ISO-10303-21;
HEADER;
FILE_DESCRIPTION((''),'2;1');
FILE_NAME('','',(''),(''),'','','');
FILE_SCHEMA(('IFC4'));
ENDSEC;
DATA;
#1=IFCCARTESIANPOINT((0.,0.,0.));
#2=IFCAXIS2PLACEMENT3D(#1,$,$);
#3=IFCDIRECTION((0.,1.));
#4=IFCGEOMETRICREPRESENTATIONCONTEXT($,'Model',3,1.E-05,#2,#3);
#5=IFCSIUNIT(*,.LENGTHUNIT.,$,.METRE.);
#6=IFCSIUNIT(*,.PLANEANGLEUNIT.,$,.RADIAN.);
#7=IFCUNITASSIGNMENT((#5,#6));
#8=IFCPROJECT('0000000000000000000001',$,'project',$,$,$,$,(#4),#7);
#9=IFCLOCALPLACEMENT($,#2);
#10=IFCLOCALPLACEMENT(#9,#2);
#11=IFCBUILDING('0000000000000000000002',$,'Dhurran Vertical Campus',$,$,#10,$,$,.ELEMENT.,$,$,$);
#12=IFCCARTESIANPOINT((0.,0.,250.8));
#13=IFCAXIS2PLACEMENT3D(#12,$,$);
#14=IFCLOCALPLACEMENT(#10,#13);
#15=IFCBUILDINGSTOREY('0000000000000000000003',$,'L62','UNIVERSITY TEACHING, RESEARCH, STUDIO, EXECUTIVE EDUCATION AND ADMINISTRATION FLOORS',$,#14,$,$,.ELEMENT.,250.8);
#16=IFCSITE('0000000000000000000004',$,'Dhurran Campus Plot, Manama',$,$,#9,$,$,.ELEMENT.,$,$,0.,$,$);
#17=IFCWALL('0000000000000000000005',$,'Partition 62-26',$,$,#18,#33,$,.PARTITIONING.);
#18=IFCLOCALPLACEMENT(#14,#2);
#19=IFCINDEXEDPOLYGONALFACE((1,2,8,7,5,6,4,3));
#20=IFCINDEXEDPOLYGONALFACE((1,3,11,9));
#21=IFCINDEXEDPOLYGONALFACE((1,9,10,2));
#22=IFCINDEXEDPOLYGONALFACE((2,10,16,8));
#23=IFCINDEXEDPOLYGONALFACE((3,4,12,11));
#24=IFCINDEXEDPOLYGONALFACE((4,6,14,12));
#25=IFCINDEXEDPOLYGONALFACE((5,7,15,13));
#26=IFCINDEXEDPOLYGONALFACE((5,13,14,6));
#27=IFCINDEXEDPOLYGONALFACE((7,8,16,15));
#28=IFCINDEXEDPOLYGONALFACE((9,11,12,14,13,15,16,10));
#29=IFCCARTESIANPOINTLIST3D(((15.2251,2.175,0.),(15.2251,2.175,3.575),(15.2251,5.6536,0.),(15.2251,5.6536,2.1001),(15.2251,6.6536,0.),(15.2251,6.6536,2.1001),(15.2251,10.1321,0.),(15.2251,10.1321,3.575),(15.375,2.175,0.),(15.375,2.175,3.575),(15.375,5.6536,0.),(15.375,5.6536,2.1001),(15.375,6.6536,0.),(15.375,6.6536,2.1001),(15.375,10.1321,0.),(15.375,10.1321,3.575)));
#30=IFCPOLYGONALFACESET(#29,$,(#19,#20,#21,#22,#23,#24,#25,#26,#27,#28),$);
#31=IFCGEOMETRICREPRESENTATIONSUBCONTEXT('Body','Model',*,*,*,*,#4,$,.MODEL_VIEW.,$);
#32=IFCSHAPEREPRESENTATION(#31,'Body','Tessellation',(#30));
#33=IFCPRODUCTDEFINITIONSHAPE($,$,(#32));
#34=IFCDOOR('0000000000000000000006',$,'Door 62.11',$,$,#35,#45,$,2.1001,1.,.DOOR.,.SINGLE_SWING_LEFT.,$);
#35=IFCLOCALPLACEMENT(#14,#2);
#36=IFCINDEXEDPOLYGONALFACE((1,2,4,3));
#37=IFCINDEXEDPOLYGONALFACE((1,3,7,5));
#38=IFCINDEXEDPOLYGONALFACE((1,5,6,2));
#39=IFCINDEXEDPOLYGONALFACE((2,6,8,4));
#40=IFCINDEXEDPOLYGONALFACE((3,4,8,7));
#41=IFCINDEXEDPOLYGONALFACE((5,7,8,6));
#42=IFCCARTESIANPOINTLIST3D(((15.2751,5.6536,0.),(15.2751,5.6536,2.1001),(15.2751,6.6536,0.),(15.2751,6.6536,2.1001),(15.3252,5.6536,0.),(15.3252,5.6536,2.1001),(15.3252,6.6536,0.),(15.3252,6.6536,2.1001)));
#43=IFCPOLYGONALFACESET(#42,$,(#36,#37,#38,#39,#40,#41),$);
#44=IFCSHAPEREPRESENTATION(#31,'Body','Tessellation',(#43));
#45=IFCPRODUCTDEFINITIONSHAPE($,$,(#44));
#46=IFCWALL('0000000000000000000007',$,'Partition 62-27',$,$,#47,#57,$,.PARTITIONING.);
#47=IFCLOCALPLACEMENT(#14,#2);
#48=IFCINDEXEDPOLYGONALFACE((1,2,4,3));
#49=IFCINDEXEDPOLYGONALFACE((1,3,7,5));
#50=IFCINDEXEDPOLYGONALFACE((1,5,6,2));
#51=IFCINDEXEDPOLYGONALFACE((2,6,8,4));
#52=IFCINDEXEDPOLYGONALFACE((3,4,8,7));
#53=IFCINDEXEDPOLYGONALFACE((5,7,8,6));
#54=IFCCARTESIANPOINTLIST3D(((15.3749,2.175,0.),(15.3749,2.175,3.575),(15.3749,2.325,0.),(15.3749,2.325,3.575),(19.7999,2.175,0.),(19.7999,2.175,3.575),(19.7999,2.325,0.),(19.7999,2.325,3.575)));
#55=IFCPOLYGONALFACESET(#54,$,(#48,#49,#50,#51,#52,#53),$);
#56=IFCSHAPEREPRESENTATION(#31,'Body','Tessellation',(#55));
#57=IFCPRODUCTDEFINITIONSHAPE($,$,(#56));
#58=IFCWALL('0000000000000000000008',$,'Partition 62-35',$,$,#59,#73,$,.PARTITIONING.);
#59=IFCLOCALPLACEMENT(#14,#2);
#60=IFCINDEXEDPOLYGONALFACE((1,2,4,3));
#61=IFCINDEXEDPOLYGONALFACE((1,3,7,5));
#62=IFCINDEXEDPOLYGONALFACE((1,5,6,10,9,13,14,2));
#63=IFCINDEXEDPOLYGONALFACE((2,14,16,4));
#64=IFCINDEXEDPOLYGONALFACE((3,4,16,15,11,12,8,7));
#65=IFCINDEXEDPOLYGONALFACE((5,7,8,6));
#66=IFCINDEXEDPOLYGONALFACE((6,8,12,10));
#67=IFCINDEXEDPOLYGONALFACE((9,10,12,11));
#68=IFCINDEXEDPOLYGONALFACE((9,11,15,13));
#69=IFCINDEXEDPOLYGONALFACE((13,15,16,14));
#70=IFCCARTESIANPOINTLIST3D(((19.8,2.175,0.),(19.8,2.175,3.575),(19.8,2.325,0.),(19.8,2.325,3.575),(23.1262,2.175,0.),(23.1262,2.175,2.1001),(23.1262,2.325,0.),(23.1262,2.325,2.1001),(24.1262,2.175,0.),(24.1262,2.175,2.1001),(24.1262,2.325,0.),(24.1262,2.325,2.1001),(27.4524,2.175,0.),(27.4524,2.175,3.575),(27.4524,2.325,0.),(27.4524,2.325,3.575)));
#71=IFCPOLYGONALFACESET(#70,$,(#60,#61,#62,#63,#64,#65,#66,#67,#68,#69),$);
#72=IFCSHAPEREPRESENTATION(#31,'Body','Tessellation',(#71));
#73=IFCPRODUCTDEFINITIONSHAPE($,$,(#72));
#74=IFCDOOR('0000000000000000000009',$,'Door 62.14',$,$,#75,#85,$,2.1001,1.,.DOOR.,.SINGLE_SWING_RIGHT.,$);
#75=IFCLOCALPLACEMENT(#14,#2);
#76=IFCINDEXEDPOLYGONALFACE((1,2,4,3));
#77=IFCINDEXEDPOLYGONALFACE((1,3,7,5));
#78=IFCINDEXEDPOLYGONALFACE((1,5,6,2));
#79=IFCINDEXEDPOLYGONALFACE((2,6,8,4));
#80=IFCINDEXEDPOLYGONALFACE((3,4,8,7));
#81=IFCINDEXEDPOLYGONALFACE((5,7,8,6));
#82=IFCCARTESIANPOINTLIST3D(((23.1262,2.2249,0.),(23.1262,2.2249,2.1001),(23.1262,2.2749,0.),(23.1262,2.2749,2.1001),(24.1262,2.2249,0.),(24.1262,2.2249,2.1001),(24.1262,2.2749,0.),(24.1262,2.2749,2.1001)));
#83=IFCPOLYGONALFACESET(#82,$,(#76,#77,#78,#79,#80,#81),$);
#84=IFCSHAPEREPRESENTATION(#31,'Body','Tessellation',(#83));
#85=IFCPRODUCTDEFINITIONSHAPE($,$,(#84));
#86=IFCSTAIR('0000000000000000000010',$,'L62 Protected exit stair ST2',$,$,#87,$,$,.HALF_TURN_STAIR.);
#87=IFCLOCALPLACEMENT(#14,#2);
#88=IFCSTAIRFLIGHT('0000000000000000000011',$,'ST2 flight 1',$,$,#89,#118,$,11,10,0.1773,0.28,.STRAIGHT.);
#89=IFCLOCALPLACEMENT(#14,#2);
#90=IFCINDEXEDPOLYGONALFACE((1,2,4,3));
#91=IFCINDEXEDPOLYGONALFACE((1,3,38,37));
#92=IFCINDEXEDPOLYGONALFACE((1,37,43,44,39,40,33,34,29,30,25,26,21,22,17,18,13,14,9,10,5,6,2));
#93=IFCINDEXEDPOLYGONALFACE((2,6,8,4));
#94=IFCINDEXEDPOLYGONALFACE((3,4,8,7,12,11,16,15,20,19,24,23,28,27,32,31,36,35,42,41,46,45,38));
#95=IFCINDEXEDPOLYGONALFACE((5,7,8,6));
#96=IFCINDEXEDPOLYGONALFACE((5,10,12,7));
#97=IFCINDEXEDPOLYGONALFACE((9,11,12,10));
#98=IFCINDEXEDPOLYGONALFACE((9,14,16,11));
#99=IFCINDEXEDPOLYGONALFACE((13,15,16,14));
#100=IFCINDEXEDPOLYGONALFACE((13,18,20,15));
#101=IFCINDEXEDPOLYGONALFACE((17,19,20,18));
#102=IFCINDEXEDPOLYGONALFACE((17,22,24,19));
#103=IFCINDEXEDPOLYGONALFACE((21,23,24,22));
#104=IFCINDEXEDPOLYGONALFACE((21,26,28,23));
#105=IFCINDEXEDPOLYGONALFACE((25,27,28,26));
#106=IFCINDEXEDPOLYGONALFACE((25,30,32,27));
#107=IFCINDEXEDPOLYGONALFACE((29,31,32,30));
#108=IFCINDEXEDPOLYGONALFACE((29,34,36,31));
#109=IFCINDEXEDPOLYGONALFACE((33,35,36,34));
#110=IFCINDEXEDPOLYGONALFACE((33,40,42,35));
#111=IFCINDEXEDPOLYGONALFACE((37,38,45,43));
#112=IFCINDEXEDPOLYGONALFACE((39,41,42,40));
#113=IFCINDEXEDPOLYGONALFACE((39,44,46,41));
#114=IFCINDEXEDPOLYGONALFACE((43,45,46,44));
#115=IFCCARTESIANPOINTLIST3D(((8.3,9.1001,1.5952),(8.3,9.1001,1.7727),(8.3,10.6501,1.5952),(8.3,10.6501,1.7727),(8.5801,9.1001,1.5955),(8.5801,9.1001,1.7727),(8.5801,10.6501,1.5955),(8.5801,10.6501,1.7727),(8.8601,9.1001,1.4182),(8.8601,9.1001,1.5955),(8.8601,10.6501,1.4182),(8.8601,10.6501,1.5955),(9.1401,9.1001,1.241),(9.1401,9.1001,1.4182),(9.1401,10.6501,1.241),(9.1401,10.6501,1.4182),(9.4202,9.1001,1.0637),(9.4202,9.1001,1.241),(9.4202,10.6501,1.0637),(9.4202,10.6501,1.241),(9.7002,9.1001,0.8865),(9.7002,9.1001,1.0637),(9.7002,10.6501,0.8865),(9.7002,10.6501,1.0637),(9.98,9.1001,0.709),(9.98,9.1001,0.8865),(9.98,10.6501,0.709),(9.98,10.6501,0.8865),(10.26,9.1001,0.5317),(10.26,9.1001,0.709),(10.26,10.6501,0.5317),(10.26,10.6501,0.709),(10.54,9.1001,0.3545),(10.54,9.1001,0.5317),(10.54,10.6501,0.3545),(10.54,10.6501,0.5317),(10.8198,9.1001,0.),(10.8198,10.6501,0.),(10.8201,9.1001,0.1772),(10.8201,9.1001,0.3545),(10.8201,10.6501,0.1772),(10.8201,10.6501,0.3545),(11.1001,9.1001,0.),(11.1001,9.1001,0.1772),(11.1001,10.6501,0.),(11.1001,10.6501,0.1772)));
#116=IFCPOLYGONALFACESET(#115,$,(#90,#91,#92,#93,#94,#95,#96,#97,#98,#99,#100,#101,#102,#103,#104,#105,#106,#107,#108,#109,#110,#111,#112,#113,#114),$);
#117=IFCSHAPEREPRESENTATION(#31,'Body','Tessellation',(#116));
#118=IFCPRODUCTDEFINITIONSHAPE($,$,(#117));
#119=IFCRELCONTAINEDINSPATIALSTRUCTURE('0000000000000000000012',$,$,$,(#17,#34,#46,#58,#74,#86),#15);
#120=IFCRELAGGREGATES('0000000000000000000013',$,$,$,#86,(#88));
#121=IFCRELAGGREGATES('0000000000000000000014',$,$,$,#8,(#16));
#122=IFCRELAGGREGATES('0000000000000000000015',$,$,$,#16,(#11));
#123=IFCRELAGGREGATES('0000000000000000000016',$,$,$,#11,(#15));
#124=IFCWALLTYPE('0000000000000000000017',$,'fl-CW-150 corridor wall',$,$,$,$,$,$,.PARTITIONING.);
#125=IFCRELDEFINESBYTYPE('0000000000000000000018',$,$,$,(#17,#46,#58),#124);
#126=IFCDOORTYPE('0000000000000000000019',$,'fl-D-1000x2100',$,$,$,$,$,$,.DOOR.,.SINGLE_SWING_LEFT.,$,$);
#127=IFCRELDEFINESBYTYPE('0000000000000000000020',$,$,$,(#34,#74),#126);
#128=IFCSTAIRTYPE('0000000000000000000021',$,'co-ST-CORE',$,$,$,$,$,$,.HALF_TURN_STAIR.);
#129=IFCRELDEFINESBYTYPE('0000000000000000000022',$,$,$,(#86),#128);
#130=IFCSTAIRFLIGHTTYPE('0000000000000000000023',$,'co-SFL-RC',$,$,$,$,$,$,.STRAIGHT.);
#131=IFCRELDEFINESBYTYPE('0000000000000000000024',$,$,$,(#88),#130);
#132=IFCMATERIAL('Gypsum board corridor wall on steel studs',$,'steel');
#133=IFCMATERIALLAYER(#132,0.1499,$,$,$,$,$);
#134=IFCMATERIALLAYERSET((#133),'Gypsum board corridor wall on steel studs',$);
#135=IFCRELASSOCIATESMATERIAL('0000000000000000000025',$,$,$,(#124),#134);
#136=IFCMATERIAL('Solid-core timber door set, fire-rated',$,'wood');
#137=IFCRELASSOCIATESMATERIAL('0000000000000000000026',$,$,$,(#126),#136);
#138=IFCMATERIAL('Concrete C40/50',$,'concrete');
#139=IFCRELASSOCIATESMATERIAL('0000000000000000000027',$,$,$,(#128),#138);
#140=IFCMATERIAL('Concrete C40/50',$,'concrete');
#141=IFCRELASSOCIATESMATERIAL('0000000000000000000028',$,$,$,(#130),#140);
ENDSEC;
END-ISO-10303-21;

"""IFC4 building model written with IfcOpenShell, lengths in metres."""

from ifc_helpers import new_model, si_unit, direction, frame, frame_2d, origin, place, context, subcontext, project, spatial, polyline, rectangle, outline, extrude, material, layer, layer_set, type_object, element, fill, aggregate, save


model = new_model("IFC4")

# Units and contexts
model_context = context("Model", 3, precision=1e-05, world=origin(), true_north=direction((0.0, 1.0)))
body_context = subcontext(model_context, "Body", "Model", "MODEL_VIEW")
ifc_project = project(units=[si_unit("LENGTHUNIT", "METRE"), si_unit("PLANEANGLEUNIT", "RADIAN")], contexts=[model_context])

# Site, building, storey
site_placement = place(None, origin())
site = spatial("IfcSite", under=ifc_project, at=site_placement, Name="Dhurran Campus Plot, Manama", CompositionType="ELEMENT", RefElevation=0.0)
building_placement = place(site_placement, origin())
building = spatial("IfcBuilding", under=site, at=building_placement, Name="Dhurran Vertical Campus", CompositionType="ELEMENT")
storey_placement = place(building_placement, frame((0.0, 0.0, 250.8)))
storey = spatial("IfcBuildingStorey", under=building, at=storey_placement, Name="L62", Description="UNIVERSITY TEACHING, RESEARCH, STUDIO, EXECUTIVE EDUCATION AND ADMINISTRATION FLOORS", CompositionType="ELEMENT", Elevation=250.8)

# Wall, opening, door
ifc_material_1 = material(Name="Gypsum board corridor wall on steel studs", Category="steel")
ifc_layer_1 = layer(ifc_material_1, 0.1499)
ifc_layer_set_1 = layer_set([ifc_layer_1], Name="Gypsum board corridor wall on steel studs")
wall_type_1 = type_object("IfcWallType", Name="fl-CW-150 corridor wall", PredefinedType="PARTITIONING", material=ifc_layer_set_1)
wall_1_placement = place(storey_placement, frame((15.3, 2.175, 0.0), z_axis=(0.0, 0.0, 1.0), x_axis=(0.0, 1.0, 0.0)))
wall_1 = element("IfcWall", 1, at=wall_1_placement, inside=storey, type_object=wall_type_1, Name="Partition 62-26", PredefinedType="PARTITIONING", context=body_context, shape_type="SweptSolid", body=[
    extrude(rectangle(XDim=7.957, YDim=0.1499, at=frame_2d((3.9785, 0.0))), origin(), (0.0, 0.0, 1.0), 3.575),
])
opening_1_placement = place(wall_1_placement, frame((3.4785, 0.0, 0.0)))
opening_1 = element("IfcOpeningElement", 2, at=opening_1_placement, cuts=wall_1, PredefinedType="OPENING", context=body_context, shape_type="SweptSolid", body=[
    extrude(rectangle(XDim=1.0, YDim=2.1001, at=frame_2d((0.5, 1.05))), frame((0.0, 0.085, 0.0), z_axis=(0.0, -1.0, 0.0), x_axis=(1.0, 0.0, 0.0)), (0.0, 0.0, 1.0), 0.1699),
])
ifc_material_2 = material(Name="Solid-core timber door set, fire-rated", Category="wood")
door_type = type_object("IfcDoorType", Name="fl-D-1000x2100", OperationType="SINGLE_SWING_LEFT", PredefinedType="DOOR", material=ifc_material_2)
door_1_placement = place(opening_1_placement, origin())
door_1 = element("IfcDoor", 3, at=door_1_placement, inside=storey, type_object=door_type, Name="Door 62.11", OperationType="SINGLE_SWING_LEFT", OverallHeight=2.1001, OverallWidth=1.0, PredefinedType="DOOR", context=body_context, shape_type="SweptSolid", body=[
    extrude(rectangle(XDim=1.0, YDim=2.1001, at=frame_2d((0.5, 1.05))), frame((0.0, 0.0249, 0.0), z_axis=(0.0, -1.0, 0.0), x_axis=(1.0, 0.0, 0.0)), (0.0, 0.0, 1.0), 0.05),
])
fill(opening_1, door_1)

# Wall
wall_2_placement = place(storey_placement, frame((15.375, 2.25, 0.0), z_axis=(0.0, 0.0, 1.0), x_axis=(1.0, 0.0, 0.0)))
element("IfcWall", 4, at=wall_2_placement, inside=storey, type_object=wall_type_1, Name="Partition 62-27", PredefinedType="PARTITIONING", context=body_context, shape_type="SweptSolid", body=[
    extrude(rectangle(XDim=4.425, YDim=0.1499, at=frame_2d((2.2124, 0.0))), origin(), (0.0, 0.0, 1.0), 3.575),
])

# Wall, opening, door
wall_3_placement = place(storey_placement, frame((19.8, 2.25, 0.0), z_axis=(0.0, 0.0, 1.0), x_axis=(1.0, 0.0, 0.0)))
wall_3 = element("IfcWall", 5, at=wall_3_placement, inside=storey, type_object=wall_type_1, Name="Partition 62-35", PredefinedType="PARTITIONING", context=body_context, shape_type="SweptSolid", body=[
    extrude(rectangle(XDim=7.6523, YDim=0.1499, at=frame_2d((3.8262, 0.0))), origin(), (0.0, 0.0, 1.0), 3.575),
])
opening_2_placement = place(wall_3_placement, frame((3.3262, 0.0, 0.0)))
opening_2 = element("IfcOpeningElement", 6, at=opening_2_placement, cuts=wall_3, PredefinedType="OPENING", context=body_context, shape_type="SweptSolid", body=[
    extrude(rectangle(XDim=1.0, YDim=2.1001, at=frame_2d((0.5, 1.05))), frame((0.0, 0.085, 0.0), z_axis=(0.0, -1.0, 0.0), x_axis=(1.0, 0.0, 0.0)), (0.0, 0.0, 1.0), 0.1699),
])
door_2_placement = place(opening_2_placement, origin())
door_2 = element("IfcDoor", 7, at=door_2_placement, inside=storey, type_object=door_type, Name="Door 62.14", OperationType="SINGLE_SWING_RIGHT", OverallHeight=2.1001, OverallWidth=1.0, PredefinedType="DOOR", context=body_context, shape_type="SweptSolid", body=[
    extrude(rectangle(XDim=1.0, YDim=2.1001, at=frame_2d((0.5, 1.05))), frame((0.0, 0.0249, 0.0), z_axis=(0.0, -1.0, 0.0), x_axis=(1.0, 0.0, 0.0)), (0.0, 0.0, 1.0), 0.05),
])
fill(opening_2, door_2)

# Stair, stair flight
ifc_material_3 = material(Name="Concrete C40/50", Category="concrete")
stair_type = type_object("IfcStairType", Name="co-ST-CORE", PredefinedType="HALF_TURN_STAIR", material=ifc_material_3)
stair_placement = place(storey_placement, origin())
stair = element("IfcStair", 8, at=stair_placement, inside=storey, type_object=stair_type, Name="L62 Protected exit stair ST2", PredefinedType="HALF_TURN_STAIR")
ifc_material_4 = material(Name="Concrete C40/50", Category="concrete")
stair_flight_type = type_object("IfcStairFlightType", Name="co-SFL-RC", PredefinedType="STRAIGHT", material=ifc_material_4)
stair_flight_placement = place(storey_placement, frame((11.1001, 9.875, 0.0), z_axis=(0.0, 0.0, 1.0), x_axis=(-1.0, 0.0, 0.0)))
stair_flight = element("IfcStairFlight", 9, at=stair_flight_placement, type_object=stair_flight_type, Name="ST2 flight 1", NumberOfRisers=11, NumberOfTreads=10, PredefinedType="STRAIGHT", RiserHeight=0.1773, TreadLength=0.28, context=body_context, shape_type="SweptSolid", body=[
    extrude(outline(polyline([(0.0, 0.0), (0.0, 0.1772), (0.28, 0.1772), (0.28, 0.3545), (0.5601, 0.3545), (0.5601, 0.5317), (0.8401, 0.5317), (0.8401, 0.709), (1.1201, 0.709), (1.1201, 0.8865), (1.3999, 0.8865), (1.3999, 1.0637), (1.6799, 1.0637), (1.6799, 1.241), (1.96, 1.241), (1.96, 1.4182), (2.24, 1.4182), (2.24, 1.5955), (2.52, 1.5955), (2.52, 1.7727), (2.8, 1.7727), (2.8, 1.95), (2.8, 1.5952), (0.2803, 0.0), (0.0, 0.0)])), frame((0.0, 0.7749, 0.0), z_axis=(0.0, -1.0, 0.0), x_axis=(1.0, 0.0, 0.0)), (0.0, 0.0, 1.0), 1.55),
])
aggregate(stair, [stair_flight])

save(model, "model.ifc")
